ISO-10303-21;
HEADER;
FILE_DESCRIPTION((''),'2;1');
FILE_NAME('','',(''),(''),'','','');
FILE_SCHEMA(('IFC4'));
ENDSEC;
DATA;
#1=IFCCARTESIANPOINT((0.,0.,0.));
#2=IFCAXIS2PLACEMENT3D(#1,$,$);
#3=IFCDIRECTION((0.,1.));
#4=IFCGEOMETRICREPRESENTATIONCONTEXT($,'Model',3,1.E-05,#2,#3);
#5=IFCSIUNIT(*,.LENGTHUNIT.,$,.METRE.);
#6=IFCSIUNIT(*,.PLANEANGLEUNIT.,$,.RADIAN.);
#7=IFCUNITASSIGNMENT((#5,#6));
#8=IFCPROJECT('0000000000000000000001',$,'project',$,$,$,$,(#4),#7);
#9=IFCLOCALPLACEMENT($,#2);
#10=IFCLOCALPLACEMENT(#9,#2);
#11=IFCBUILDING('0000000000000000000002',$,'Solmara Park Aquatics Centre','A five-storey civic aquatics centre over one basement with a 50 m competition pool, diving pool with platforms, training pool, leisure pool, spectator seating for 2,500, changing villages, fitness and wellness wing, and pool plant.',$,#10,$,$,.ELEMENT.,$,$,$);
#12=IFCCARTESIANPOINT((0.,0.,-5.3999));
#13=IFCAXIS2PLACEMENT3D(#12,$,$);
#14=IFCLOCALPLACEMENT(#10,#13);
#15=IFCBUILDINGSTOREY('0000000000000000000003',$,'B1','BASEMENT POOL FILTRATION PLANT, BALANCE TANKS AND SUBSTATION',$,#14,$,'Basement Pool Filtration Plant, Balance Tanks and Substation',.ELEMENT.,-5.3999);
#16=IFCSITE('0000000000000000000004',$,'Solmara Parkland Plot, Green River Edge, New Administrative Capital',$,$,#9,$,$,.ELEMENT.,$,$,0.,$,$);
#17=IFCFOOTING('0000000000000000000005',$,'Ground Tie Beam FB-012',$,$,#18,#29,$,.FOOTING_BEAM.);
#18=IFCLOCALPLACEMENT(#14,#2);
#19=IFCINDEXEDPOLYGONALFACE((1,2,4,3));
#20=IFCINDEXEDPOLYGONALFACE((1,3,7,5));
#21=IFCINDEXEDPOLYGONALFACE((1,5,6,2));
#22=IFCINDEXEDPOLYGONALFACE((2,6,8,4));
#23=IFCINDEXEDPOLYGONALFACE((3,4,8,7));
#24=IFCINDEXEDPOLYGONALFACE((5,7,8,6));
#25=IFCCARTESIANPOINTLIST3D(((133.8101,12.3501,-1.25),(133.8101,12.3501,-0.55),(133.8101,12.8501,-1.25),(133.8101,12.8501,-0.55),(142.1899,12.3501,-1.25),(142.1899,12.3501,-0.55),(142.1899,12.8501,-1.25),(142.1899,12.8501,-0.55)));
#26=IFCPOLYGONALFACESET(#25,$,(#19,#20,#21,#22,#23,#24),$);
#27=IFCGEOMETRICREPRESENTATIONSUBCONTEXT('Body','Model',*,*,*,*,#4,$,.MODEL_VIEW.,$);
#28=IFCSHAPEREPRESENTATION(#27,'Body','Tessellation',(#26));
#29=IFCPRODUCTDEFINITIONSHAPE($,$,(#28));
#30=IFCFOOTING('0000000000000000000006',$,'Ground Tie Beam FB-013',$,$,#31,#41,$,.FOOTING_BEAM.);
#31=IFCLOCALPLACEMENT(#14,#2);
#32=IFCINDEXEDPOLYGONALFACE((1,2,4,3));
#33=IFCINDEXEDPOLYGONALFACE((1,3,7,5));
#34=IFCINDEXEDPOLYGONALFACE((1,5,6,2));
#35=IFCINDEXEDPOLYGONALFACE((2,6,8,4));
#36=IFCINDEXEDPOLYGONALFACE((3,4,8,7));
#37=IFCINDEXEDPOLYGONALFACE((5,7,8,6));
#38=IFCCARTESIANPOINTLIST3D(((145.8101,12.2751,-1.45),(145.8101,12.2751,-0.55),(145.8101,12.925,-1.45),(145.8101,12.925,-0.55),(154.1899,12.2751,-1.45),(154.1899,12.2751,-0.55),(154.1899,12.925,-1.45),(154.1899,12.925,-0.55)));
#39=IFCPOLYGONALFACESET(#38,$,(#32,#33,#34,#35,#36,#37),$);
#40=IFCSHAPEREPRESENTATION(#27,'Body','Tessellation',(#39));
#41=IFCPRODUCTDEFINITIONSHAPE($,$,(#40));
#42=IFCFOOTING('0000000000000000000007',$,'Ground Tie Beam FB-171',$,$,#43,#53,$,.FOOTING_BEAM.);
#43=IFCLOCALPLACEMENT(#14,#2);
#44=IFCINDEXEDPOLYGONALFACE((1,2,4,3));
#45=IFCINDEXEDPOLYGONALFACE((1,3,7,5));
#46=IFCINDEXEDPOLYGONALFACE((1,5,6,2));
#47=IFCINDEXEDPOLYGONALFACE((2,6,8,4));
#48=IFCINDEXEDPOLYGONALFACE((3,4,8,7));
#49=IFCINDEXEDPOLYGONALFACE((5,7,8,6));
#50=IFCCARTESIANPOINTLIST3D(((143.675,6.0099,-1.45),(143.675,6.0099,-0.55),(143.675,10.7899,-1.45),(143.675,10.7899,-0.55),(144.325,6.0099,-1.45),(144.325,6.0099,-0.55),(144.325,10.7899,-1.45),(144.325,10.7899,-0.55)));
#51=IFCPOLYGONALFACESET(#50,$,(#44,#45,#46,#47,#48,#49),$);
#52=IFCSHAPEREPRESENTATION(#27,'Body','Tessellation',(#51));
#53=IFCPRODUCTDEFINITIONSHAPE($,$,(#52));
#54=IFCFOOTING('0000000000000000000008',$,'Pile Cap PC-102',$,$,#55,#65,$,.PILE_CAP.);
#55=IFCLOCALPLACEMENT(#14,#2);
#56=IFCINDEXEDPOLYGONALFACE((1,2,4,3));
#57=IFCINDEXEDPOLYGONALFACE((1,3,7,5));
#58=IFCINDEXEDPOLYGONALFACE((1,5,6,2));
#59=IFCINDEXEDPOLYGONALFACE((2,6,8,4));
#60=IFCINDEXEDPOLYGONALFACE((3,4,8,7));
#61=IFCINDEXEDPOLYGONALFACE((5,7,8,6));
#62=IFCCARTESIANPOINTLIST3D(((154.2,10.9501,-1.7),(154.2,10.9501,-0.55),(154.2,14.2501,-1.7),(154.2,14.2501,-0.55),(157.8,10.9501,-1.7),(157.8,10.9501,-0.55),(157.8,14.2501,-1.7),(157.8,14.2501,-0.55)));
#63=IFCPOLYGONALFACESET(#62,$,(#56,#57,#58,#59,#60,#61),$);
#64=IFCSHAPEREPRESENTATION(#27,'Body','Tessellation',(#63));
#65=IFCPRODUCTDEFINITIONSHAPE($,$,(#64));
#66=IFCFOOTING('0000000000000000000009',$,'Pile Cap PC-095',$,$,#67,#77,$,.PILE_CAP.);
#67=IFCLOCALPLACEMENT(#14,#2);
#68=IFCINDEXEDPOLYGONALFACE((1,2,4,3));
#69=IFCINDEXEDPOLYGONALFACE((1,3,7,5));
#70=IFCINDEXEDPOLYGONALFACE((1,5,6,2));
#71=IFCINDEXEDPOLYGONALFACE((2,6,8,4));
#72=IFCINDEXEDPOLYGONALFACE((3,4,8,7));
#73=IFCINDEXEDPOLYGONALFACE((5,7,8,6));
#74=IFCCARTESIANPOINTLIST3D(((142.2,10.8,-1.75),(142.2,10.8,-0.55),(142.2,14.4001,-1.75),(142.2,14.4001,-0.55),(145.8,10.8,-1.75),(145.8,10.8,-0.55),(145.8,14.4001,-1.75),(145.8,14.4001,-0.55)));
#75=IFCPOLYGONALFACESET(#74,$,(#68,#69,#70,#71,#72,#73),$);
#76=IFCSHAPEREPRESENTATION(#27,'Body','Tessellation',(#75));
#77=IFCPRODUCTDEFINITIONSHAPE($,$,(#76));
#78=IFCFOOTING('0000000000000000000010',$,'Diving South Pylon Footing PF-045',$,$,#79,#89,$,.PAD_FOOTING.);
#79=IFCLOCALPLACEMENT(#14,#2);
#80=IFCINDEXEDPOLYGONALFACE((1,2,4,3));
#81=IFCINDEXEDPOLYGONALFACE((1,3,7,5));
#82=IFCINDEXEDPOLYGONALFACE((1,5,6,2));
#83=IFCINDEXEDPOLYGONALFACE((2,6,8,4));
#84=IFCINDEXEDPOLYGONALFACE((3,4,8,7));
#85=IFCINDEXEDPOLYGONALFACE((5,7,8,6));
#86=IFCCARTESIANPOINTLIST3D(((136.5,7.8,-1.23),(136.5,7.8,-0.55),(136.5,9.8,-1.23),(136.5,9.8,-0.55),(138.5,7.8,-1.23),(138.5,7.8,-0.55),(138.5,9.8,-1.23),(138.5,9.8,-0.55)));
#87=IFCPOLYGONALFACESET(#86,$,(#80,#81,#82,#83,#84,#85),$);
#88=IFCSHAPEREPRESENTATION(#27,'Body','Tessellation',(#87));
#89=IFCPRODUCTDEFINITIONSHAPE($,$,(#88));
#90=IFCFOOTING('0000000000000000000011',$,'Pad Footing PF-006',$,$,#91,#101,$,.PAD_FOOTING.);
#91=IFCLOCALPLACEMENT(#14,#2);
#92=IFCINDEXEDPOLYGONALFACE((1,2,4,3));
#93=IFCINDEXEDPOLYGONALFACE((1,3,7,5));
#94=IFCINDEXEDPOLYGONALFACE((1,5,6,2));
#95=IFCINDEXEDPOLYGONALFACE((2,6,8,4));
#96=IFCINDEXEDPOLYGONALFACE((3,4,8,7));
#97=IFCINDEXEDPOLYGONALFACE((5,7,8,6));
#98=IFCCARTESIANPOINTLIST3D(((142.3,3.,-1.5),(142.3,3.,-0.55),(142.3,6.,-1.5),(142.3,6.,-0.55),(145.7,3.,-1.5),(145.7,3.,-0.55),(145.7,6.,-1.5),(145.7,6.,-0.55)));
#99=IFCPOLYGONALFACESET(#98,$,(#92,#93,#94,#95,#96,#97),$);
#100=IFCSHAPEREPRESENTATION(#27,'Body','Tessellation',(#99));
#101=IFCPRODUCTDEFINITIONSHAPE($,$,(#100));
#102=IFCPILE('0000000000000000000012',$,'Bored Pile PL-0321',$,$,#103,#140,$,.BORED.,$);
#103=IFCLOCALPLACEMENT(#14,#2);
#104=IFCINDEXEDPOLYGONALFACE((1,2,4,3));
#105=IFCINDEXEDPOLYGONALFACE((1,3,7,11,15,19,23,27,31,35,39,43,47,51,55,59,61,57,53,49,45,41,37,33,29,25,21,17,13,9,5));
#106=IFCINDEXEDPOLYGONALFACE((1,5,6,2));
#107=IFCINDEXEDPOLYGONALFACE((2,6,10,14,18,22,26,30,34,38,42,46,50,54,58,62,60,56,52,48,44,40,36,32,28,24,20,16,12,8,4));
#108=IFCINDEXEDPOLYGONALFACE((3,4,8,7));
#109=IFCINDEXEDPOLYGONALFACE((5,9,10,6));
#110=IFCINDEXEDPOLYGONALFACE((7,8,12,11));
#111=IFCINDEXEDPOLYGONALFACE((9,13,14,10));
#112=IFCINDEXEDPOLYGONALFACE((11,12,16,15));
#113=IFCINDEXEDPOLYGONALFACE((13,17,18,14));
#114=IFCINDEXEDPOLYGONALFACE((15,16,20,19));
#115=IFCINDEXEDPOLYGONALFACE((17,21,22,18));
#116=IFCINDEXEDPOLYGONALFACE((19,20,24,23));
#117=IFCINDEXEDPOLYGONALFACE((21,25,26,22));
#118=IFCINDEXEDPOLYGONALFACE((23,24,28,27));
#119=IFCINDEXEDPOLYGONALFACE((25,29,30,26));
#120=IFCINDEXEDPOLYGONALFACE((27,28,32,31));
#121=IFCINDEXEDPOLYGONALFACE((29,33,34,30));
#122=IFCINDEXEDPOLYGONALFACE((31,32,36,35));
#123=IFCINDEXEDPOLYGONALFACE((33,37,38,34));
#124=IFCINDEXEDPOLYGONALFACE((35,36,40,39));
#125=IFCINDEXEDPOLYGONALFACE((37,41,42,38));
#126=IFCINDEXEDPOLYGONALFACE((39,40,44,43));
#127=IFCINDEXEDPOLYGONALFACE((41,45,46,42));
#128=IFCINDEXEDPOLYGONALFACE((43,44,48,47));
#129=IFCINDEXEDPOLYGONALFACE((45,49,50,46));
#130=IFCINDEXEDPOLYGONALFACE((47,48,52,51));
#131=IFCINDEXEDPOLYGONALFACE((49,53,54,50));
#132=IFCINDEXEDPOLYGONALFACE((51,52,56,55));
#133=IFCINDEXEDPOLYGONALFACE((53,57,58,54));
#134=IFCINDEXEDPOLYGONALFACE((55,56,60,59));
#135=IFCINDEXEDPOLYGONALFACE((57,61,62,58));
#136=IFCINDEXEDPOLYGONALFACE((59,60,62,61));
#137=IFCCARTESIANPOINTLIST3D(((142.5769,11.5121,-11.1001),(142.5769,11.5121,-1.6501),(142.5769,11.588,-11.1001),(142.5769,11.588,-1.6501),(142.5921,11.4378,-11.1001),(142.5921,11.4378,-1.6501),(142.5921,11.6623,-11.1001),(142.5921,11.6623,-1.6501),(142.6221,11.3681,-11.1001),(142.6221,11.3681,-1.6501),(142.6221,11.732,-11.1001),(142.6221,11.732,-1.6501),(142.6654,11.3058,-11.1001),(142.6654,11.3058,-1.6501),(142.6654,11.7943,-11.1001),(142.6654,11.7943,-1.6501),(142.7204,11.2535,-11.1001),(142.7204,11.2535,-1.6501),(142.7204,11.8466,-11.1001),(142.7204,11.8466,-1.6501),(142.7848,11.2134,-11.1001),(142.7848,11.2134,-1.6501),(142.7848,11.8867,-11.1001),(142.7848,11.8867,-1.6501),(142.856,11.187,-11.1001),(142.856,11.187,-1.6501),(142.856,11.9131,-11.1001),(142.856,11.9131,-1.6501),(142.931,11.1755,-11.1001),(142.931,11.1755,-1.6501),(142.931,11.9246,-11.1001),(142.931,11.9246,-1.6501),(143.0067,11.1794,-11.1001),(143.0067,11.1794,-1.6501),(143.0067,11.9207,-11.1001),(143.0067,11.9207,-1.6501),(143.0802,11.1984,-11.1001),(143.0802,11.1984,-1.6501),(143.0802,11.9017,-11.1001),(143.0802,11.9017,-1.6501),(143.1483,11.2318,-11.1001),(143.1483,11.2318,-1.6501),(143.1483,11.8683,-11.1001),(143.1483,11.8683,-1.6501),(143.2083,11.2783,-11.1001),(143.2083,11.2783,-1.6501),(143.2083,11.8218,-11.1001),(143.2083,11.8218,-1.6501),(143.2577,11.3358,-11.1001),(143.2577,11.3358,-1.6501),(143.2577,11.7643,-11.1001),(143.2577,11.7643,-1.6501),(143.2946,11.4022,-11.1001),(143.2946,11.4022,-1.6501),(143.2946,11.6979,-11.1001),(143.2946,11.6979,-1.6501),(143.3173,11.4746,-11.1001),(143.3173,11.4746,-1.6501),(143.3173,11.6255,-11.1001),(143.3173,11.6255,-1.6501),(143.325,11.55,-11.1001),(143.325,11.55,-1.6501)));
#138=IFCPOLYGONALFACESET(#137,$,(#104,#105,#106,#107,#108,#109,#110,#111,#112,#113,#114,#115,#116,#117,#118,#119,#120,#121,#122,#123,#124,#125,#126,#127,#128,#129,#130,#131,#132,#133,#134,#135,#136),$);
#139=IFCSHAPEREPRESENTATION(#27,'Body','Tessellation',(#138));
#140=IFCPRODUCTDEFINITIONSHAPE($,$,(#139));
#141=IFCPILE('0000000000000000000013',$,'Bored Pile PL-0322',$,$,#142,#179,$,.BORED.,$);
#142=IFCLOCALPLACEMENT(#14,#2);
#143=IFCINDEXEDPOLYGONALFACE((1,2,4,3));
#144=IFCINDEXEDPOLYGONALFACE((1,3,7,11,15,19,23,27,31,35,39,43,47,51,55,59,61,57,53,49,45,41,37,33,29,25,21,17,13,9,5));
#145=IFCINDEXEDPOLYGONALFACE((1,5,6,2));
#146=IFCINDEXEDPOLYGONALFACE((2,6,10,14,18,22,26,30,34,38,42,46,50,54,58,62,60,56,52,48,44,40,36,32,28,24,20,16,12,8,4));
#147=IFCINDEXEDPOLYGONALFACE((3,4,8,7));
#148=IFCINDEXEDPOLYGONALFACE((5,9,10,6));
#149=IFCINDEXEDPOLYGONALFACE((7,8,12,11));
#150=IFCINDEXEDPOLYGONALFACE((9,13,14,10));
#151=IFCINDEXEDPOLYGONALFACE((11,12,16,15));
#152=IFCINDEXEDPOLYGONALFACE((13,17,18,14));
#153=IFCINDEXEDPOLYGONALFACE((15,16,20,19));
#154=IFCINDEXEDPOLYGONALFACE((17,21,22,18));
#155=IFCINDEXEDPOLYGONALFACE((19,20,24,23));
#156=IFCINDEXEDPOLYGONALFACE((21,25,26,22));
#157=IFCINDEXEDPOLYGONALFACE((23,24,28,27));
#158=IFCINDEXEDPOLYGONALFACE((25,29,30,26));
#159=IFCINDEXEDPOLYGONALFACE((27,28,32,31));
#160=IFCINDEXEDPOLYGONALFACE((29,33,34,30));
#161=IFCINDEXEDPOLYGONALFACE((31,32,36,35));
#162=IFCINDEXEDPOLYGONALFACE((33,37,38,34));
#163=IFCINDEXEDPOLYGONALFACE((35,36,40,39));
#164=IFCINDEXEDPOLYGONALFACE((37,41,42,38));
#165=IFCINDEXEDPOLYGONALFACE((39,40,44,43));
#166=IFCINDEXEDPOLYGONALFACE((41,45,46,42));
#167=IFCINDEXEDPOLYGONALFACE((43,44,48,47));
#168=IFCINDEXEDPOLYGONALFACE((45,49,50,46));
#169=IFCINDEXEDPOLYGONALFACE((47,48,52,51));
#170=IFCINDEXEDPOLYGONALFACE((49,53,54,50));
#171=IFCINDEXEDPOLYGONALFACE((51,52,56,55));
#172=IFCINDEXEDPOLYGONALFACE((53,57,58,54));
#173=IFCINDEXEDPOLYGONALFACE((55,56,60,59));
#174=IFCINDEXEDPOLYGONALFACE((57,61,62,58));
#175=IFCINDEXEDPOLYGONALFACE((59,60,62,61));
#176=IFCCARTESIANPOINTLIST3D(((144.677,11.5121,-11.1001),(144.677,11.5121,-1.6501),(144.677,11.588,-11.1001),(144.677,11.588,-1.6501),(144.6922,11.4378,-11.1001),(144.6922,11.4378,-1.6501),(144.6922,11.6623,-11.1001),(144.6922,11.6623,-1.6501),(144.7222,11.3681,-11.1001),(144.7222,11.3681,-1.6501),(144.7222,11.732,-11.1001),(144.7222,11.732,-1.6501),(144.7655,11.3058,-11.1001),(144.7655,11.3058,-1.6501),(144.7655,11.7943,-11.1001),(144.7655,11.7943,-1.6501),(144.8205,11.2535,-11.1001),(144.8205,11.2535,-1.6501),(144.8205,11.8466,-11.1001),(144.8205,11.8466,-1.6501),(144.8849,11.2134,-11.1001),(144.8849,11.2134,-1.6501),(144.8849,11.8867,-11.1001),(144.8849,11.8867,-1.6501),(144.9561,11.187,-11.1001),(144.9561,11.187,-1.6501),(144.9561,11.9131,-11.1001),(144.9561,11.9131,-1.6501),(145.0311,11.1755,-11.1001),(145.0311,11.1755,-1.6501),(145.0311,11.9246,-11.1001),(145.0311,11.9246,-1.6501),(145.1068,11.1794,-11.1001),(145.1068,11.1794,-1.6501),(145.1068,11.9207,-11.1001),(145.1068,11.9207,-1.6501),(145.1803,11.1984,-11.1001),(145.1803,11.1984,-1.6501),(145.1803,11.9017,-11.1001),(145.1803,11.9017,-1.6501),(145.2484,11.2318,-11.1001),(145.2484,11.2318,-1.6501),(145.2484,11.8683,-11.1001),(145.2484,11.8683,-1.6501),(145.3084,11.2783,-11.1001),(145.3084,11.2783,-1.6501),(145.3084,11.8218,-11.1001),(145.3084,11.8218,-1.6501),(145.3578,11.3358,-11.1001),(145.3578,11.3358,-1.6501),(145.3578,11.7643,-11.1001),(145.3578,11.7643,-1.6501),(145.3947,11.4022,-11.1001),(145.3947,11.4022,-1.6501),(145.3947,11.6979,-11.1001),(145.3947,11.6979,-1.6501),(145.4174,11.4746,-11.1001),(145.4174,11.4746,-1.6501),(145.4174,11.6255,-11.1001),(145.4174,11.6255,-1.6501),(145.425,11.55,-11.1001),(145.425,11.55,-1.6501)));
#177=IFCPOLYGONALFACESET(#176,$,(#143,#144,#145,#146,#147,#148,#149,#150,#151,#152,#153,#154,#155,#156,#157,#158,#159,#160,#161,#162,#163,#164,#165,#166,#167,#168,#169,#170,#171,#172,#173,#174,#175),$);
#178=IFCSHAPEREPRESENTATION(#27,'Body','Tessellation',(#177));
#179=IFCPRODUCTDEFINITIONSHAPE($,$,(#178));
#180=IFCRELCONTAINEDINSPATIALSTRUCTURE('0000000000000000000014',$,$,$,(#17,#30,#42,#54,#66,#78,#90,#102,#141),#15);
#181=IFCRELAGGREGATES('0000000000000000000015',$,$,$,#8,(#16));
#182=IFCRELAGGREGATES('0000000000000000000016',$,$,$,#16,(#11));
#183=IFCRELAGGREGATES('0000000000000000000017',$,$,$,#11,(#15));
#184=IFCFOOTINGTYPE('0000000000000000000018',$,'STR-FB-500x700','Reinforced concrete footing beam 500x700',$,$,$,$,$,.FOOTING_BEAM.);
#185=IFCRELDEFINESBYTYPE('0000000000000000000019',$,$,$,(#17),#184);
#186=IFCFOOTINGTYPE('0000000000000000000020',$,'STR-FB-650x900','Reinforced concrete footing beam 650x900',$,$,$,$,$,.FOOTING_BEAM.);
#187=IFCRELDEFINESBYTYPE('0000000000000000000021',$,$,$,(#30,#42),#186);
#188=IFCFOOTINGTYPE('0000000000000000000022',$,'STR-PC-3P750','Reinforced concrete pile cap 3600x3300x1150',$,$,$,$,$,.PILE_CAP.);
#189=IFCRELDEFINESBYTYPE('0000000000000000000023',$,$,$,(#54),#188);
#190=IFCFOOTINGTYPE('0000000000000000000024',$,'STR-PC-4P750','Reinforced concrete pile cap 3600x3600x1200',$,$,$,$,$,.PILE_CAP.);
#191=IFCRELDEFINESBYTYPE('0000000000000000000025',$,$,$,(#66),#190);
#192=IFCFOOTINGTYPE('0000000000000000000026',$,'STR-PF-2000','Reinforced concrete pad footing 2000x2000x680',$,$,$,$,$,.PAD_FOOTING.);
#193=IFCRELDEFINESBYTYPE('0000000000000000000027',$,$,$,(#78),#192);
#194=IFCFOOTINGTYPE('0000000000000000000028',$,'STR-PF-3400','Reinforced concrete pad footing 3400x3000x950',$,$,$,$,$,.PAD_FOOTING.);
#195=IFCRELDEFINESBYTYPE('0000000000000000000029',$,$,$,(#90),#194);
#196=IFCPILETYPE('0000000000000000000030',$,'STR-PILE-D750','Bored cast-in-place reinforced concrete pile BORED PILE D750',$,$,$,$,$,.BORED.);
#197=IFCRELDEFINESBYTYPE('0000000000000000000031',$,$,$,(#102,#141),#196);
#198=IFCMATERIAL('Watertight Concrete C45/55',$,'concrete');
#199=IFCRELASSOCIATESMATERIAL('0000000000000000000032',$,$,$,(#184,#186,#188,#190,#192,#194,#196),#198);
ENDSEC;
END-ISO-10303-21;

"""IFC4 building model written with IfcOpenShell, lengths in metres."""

from ifc_helpers import new_model, si_unit, direction, frame, origin, origin_2d, place, context, subcontext, project, spatial, rectangle, circle, extrude, material, material_profile, profile_set, type_object, element, save


model = new_model("IFC4")

# Units and contexts
model_context = context("Model", 3, precision=1e-05, world=origin(), true_north=direction((0.0, 1.0)))
body_context = subcontext(model_context, "Body", "Model", "MODEL_VIEW")
ifc_project = project(units=[si_unit("LENGTHUNIT", "METRE"), si_unit("PLANEANGLEUNIT", "RADIAN")], contexts=[model_context])

# Site, building, storey
site_placement = place(None, origin())
site = spatial("IfcSite", under=ifc_project, at=site_placement, Name="Solmara Parkland Plot, Green River Edge, New Administrative Capital", CompositionType="ELEMENT", RefElevation=0.0)
building_placement = place(site_placement, origin())
building = spatial("IfcBuilding", under=site, at=building_placement, Name="Solmara Park Aquatics Centre", Description="A five-storey civic aquatics centre over one basement with a 50 m competition pool, diving pool with platforms, training pool, leisure pool, spectator seating for 2,500, changing villages, fitness and wellness wing, and pool plant.", CompositionType="ELEMENT")
storey_placement = place(building_placement, frame((0.0, 0.0, -5.3999)))
storey = spatial("IfcBuildingStorey", under=building, at=storey_placement, Name="B1", Description="BASEMENT POOL FILTRATION PLANT, BALANCE TANKS AND SUBSTATION", LongName="Basement Pool Filtration Plant, Balance Tanks and Substation", CompositionType="ELEMENT", Elevation=-5.3999)

# Footings
ifc_material_1 = material(Name="Watertight Concrete C45/55", Category="concrete")
footing_type_1 = type_object("IfcFootingType", Name="STR-FB-500x700", Description="Reinforced concrete footing beam 500x700", PredefinedType="FOOTING_BEAM", material=ifc_material_1)
footing_1_placement = place(storey_placement, frame((138.0, 12.6001, -1.25), z_axis=(0.0, 0.0, 1.0), x_axis=(1.0, 0.0, 0.0)))
element("IfcFooting", 1, at=footing_1_placement, inside=storey, type_object=footing_type_1, Name="Ground Tie Beam FB-012", PredefinedType="FOOTING_BEAM", context=body_context, shape_type="SweptSolid", body=[
    extrude(rectangle(XDim=8.3799, YDim=0.5, at=origin_2d()), origin(), (0.0, 0.0, 1.0), 0.7),
])
footing_type_2 = type_object("IfcFootingType", Name="STR-FB-650x900", Description="Reinforced concrete footing beam 650x900", PredefinedType="FOOTING_BEAM", material=ifc_material_1)
footing_2_placement = place(storey_placement, frame((150.0, 12.6001, -1.45), z_axis=(0.0, 0.0, 1.0), x_axis=(1.0, 0.0, 0.0)))
element("IfcFooting", 2, at=footing_2_placement, inside=storey, type_object=footing_type_2, Name="Ground Tie Beam FB-013", PredefinedType="FOOTING_BEAM", context=body_context, shape_type="SweptSolid", body=[
    extrude(rectangle(XDim=8.3799, YDim=0.6499, at=origin_2d()), origin(), (0.0, 0.0, 1.0), 0.8999),
])
footing_3_placement = place(storey_placement, frame((144.0, 8.3999, -1.45), z_axis=(0.0, 0.0, 1.0), x_axis=(1.0, 0.0, 0.0)))
element("IfcFooting", 3, at=footing_3_placement, inside=storey, type_object=footing_type_2, Name="Ground Tie Beam FB-171", PredefinedType="FOOTING_BEAM", context=body_context, shape_type="SweptSolid", body=[
    extrude(rectangle(XDim=0.6499, YDim=4.78, at=origin_2d()), origin(), (0.0, 0.0, 1.0), 0.8999),
])
footing_type_3 = type_object("IfcFootingType", Name="STR-PC-3P750", Description="Reinforced concrete pile cap 3600x3300x1150", PredefinedType="PILE_CAP", material=ifc_material_1)
footing_4_placement = place(storey_placement, frame((156.0, 12.6001, -1.7), z_axis=(0.0, 0.0, 1.0), x_axis=(1.0, 0.0, 0.0)))
element("IfcFooting", 4, at=footing_4_placement, inside=storey, type_object=footing_type_3, Name="Pile Cap PC-102", PredefinedType="PILE_CAP", context=body_context, shape_type="SweptSolid", body=[
    extrude(rectangle(XDim=3.6001, YDim=3.3, at=origin_2d()), origin(), (0.0, 0.0, 1.0), 1.1499),
])
footing_type_4 = type_object("IfcFootingType", Name="STR-PC-4P750", Description="Reinforced concrete pile cap 3600x3600x1200", PredefinedType="PILE_CAP", material=ifc_material_1)
footing_5_placement = place(storey_placement, frame((144.0, 12.6001, -1.75), z_axis=(0.0, 0.0, 1.0), x_axis=(1.0, 0.0, 0.0)))
element("IfcFooting", 5, at=footing_5_placement, inside=storey, type_object=footing_type_4, Name="Pile Cap PC-095", PredefinedType="PILE_CAP", context=body_context, shape_type="SweptSolid", body=[
    extrude(rectangle(XDim=3.6001, YDim=3.6001, at=origin_2d()), origin(), (0.0, 0.0, 1.0), 1.2),
])
footing_type_5 = type_object("IfcFootingType", Name="STR-PF-2000", Description="Reinforced concrete pad footing 2000x2000x680", PredefinedType="PAD_FOOTING", material=ifc_material_1)
footing_6_placement = place(storey_placement, frame((137.5, 8.8, -1.23), z_axis=(0.0, 0.0, 1.0), x_axis=(1.0, 0.0, 0.0)))
element("IfcFooting", 6, at=footing_6_placement, inside=storey, type_object=footing_type_5, Name="Diving South Pylon Footing PF-045", PredefinedType="PAD_FOOTING", context=body_context, shape_type="SweptSolid", body=[
    extrude(rectangle(XDim=2.0, YDim=2.0, at=origin_2d()), origin(), (0.0, 0.0, 1.0), 0.6799),
])
footing_type_6 = type_object("IfcFootingType", Name="STR-PF-3400", Description="Reinforced concrete pad footing 3400x3000x950", PredefinedType="PAD_FOOTING", material=ifc_material_1)
footing_7_placement = place(storey_placement, frame((144.0, 4.5, -1.5), z_axis=(0.0, 0.0, 1.0), x_axis=(1.0, 0.0, 0.0)))
element("IfcFooting", 7, at=footing_7_placement, inside=storey, type_object=footing_type_6, Name="Pad Footing PF-006", PredefinedType="PAD_FOOTING", context=body_context, shape_type="SweptSolid", body=[
    extrude(rectangle(XDim=3.3999, YDim=3.0, at=origin_2d()), origin(), (0.0, 0.0, 1.0), 0.95),
])

# Piles
ifc_material_profile_1 = material_profile(ifc_material_1, circle(Radius=0.375, at=origin_2d()), Name="BORED PILE D750")
ifc_profile_set_1 = profile_set([ifc_material_profile_1], Name="Watertight Concrete C45/55")
pile_type_1 = type_object("IfcPileType", Name="STR-PILE-D750", Description="Bored cast-in-place reinforced concrete pile BORED PILE D750", PredefinedType="BORED", material=ifc_profile_set_1)
for number, where, z_axis, x_axis, name in (
    (8, (142.95, 11.55, -1.6501), (0.0, 0.0, -1.0), (1.0, 0.0, 0.0), "Bored Pile PL-0321"),
    (9, (145.05, 11.55, -1.6501), (0.0, 0.0, -1.0), (1.0, 0.0, 0.0), "Bored Pile PL-0322"),
):
    element("IfcPile", number, at=place(storey_placement, frame(where, z_axis=z_axis, x_axis=x_axis)), inside=storey, type_object=pile_type_1, Name=name, PredefinedType="BORED", context=body_context, shape_type="SweptSolid", body=[
        extrude(circle(Radius=0.375, at=origin_2d()), origin(), (0.0, 0.0, 1.0), 9.45),
    ])

save(model, "model.ifc")
